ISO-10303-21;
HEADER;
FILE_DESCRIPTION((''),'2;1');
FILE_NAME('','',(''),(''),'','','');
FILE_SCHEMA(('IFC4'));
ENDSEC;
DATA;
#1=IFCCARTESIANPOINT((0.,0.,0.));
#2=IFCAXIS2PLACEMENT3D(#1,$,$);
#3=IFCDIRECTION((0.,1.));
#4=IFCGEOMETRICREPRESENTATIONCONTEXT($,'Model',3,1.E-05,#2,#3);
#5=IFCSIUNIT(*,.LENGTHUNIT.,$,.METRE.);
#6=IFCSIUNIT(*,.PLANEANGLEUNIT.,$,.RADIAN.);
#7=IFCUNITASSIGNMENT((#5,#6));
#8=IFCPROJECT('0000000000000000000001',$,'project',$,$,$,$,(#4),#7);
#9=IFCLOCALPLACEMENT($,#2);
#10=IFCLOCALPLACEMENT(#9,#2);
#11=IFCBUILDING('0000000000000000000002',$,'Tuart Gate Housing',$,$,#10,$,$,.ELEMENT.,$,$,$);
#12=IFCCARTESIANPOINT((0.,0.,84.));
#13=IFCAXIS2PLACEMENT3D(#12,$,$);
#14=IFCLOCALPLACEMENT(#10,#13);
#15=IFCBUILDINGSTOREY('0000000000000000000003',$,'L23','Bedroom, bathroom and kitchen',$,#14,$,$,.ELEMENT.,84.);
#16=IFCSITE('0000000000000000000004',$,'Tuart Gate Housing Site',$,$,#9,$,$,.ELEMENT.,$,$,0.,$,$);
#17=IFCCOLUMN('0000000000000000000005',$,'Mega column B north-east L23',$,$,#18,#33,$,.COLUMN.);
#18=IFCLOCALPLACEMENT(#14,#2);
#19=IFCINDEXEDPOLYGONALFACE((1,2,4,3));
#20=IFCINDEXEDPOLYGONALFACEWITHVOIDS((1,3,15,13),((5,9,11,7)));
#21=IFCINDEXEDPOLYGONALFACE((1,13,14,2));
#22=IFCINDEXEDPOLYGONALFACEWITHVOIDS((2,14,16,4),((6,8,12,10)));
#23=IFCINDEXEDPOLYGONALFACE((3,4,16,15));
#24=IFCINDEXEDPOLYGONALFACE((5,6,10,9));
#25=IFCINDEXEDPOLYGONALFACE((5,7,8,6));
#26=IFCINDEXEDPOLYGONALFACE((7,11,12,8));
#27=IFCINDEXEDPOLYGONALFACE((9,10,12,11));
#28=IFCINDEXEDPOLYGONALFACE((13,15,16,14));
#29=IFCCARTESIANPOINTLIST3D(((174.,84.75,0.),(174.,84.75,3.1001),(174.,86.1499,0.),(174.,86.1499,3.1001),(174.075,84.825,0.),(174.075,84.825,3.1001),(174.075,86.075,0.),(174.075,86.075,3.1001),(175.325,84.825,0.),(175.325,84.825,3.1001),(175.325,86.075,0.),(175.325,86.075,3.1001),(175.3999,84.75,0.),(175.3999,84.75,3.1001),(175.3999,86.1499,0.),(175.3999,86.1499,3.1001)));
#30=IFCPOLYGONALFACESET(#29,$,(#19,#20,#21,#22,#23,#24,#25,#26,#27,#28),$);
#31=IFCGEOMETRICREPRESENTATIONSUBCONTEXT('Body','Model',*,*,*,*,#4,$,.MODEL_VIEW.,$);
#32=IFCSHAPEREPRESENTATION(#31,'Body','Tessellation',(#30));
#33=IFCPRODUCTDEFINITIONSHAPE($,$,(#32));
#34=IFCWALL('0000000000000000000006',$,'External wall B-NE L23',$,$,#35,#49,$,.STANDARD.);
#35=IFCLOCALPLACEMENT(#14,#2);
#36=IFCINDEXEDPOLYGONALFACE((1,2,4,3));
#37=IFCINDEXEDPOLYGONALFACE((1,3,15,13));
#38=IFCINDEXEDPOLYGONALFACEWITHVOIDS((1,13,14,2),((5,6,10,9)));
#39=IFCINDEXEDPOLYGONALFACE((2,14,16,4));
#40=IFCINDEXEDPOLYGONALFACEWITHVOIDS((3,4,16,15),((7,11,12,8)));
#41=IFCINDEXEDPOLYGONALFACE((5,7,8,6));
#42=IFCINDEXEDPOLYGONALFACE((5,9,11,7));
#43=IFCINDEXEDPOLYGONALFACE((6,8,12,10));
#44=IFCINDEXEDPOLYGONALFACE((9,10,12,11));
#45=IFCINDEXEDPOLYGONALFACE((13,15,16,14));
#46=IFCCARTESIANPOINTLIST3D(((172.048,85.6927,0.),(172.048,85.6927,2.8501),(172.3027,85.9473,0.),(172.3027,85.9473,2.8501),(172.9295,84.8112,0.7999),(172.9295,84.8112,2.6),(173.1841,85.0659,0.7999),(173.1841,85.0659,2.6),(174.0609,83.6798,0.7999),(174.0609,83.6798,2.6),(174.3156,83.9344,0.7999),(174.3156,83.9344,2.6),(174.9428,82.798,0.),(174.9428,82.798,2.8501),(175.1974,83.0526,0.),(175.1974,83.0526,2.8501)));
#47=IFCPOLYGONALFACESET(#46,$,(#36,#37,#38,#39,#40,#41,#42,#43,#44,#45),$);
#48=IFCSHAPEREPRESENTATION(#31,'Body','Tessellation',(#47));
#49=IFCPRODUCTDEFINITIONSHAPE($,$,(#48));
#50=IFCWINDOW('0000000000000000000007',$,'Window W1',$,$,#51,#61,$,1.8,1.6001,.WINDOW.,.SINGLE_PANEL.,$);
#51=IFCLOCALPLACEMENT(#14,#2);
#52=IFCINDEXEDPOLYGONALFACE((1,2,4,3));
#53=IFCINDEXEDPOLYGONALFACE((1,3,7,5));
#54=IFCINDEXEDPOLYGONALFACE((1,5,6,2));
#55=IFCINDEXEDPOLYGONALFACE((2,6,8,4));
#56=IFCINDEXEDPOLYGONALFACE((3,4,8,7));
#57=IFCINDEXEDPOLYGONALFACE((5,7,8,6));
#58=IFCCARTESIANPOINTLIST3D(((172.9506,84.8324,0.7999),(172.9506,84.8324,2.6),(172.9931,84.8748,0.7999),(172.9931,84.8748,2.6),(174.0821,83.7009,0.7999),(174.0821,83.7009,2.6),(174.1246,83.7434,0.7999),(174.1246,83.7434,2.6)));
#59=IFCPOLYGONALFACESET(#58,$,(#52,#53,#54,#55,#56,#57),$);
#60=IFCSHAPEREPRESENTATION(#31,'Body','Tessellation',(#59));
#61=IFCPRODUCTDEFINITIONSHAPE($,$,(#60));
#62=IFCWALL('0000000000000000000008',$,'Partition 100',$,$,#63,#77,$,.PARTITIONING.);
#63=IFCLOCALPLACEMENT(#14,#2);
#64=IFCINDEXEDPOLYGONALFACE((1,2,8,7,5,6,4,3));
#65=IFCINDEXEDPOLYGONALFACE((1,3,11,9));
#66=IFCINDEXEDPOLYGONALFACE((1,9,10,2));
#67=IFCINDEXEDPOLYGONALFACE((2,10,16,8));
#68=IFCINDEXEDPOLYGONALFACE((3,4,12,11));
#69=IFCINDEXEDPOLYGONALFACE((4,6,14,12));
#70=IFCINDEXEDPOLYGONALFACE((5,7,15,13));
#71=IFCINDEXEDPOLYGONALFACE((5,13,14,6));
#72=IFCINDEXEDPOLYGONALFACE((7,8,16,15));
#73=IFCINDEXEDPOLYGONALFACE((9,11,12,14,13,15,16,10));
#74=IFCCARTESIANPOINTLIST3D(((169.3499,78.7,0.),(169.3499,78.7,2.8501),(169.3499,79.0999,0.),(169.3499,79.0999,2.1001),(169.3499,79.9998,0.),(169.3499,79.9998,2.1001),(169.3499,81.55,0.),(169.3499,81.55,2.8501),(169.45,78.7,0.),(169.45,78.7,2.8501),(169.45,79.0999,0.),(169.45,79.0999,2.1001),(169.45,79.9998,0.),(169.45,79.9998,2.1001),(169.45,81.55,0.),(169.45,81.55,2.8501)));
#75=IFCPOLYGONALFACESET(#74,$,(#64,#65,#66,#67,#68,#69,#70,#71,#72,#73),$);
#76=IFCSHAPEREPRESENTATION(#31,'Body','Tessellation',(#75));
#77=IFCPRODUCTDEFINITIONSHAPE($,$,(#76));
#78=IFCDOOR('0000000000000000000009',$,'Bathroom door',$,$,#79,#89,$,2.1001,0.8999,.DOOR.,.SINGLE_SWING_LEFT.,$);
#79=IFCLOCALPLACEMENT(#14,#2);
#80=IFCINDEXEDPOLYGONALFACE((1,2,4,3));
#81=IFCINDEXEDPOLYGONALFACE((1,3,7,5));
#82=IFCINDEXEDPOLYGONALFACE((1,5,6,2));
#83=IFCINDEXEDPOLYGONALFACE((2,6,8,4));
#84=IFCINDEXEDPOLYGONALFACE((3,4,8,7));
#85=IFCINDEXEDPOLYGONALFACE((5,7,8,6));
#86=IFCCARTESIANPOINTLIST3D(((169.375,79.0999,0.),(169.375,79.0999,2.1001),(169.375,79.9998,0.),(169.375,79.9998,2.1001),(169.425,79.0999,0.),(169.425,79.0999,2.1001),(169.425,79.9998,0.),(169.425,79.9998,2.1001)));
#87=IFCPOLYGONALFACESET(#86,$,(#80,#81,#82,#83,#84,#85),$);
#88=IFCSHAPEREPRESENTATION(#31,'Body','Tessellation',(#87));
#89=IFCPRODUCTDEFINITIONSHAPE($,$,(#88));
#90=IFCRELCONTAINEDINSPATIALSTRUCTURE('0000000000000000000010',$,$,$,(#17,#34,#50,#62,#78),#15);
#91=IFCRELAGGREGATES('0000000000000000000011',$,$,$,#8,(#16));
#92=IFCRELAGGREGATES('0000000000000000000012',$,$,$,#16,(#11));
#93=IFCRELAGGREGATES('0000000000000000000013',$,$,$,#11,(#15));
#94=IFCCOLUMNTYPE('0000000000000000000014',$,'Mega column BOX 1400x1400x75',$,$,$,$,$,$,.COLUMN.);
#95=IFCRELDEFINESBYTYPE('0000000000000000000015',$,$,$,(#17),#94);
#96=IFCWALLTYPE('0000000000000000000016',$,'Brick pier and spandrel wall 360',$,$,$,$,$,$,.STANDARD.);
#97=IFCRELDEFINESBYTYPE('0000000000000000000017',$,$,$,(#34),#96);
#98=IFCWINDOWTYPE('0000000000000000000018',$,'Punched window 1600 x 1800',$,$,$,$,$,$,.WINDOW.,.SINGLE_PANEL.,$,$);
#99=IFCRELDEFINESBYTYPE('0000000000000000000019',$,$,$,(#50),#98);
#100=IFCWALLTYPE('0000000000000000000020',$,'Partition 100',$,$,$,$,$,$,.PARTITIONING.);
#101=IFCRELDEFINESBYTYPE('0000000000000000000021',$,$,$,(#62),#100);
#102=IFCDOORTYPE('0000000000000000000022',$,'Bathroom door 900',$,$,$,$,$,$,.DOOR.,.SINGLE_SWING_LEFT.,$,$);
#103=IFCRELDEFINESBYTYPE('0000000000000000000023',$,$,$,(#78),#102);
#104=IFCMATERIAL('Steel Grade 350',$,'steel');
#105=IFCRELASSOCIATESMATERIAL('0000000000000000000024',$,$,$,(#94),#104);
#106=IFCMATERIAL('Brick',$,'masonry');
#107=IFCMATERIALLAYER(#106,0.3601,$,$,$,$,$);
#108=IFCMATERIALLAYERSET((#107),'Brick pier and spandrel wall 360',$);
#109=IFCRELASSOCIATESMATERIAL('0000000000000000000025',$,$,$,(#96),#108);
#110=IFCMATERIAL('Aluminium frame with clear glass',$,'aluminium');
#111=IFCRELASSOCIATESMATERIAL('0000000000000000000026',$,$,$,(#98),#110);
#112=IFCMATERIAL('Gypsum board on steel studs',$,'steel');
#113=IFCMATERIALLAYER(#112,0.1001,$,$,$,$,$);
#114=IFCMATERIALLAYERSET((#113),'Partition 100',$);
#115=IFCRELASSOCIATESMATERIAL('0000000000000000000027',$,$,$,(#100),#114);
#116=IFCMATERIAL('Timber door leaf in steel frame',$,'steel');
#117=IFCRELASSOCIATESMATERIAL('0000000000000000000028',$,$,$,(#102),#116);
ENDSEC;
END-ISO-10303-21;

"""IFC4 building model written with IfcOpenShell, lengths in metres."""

from ifc_helpers import new_model, si_unit, direction, frame, frame_2d, origin, origin_2d, place, context, subcontext, project, spatial, rectangle, hollow_rectangle, extrude, material, layer, layer_set, material_profile, profile_set, type_object, element, fill, save


model = new_model("IFC4")

# Units and contexts
model_context = context("Model", 3, precision=1e-05, world=origin(), true_north=direction((0.0, 1.0)))
body_context = subcontext(model_context, "Body", "Model", "MODEL_VIEW")
ifc_project = project(units=[si_unit("LENGTHUNIT", "METRE"), si_unit("PLANEANGLEUNIT", "RADIAN")], contexts=[model_context])

# Site, building, storey
site_placement = place(None, origin())
site = spatial("IfcSite", under=ifc_project, at=site_placement, Name="Tuart Gate Housing Site", CompositionType="ELEMENT", RefElevation=0.0)
building_placement = place(site_placement, origin())
building = spatial("IfcBuilding", under=site, at=building_placement, Name="Tuart Gate Housing", CompositionType="ELEMENT")
storey_placement = place(building_placement, frame((0.0, 0.0, 84.0)))
storey = spatial("IfcBuildingStorey", under=building, at=storey_placement, Name="L23", Description="Bedroom, bathroom and kitchen", CompositionType="ELEMENT", Elevation=84.0)

# Column
ifc_material_1 = material(Name="Steel Grade 350", Category="steel")
ifc_material_profile = material_profile(ifc_material_1, hollow_rectangle(XDim=1.3999, YDim=1.3999, WallThickness=0.075, at=origin_2d()), Name="BOX 1400x1400x75")
ifc_profile_set = profile_set([ifc_material_profile], Name="Steel Grade 350")
column_type = type_object("IfcColumnType", Name="Mega column BOX 1400x1400x75", PredefinedType="COLUMN", material=ifc_profile_set)
column_placement = place(storey_placement, frame((174.7, 85.45, 0.0), z_axis=(0.0, 0.0, 1.0), x_axis=(1.0, 0.0, 0.0)))
element("IfcColumn", 1, at=column_placement, inside=storey, type_object=column_type, Name="Mega column B north-east L23", PredefinedType="COLUMN", context=body_context, shape_type="SweptSolid", body=[
    extrude(hollow_rectangle(XDim=1.3999, YDim=1.3999, WallThickness=0.075, at=origin_2d()), origin(), (0.0, 0.0, 1.0), 3.1001),
])

# Wall, opening, window
ifc_material_2 = material(Name="Brick", Category="masonry")
ifc_layer_1 = layer(ifc_material_2, 0.3601)
ifc_layer_set_1 = layer_set([ifc_layer_1], Name="Brick pier and spandrel wall 360")
wall_type_1 = type_object("IfcWallType", Name="Brick pier and spandrel wall 360", PredefinedType="STANDARD", material=ifc_layer_set_1)
wall_1_placement = place(storey_placement, frame((175.0701, 82.9253, 0.0), z_axis=(0.0, 0.0, 1.0), x_axis=(-0.707107, 0.707107, 0.0)))
wall_1 = element("IfcWall", 2, at=wall_1_placement, inside=storey, type_object=wall_type_1, Name="External wall B-NE L23", PredefinedType="STANDARD", context=body_context, shape_type="SweptSolid", body=[
    extrude(rectangle(XDim=4.0938, YDim=0.3601, at=frame_2d((2.0469, 0.0))), origin(), (0.0, 0.0, 1.0), 2.8501),
])
opening_1_placement = place(wall_1_placement, frame((1.2471, 0.0, 0.8)))
opening_1 = element("IfcOpeningElement", 3, at=opening_1_placement, cuts=wall_1, PredefinedType="OPENING", context=body_context, shape_type="SweptSolid", body=[
    extrude(rectangle(XDim=1.6001, YDim=1.8, at=frame_2d((0.8, 0.8999))), frame((0.0, 0.1899, 0.0), z_axis=(0.0, -1.0, 0.0), x_axis=(1.0, 0.0, 0.0)), (0.0, 0.0, 1.0), 0.3801),
])
ifc_material_3 = material(Name="Aluminium frame with clear glass", Category="aluminium")
window_type_1 = type_object("IfcWindowType", Name="Punched window 1600 x 1800", PartitioningType="SINGLE_PANEL", PredefinedType="WINDOW", material=ifc_material_3)
window_1_placement = place(opening_1_placement, origin())
window_1 = element("IfcWindow", 4, at=window_1_placement, inside=storey, type_object=window_type_1, Name="Window W1", OverallHeight=1.8, OverallWidth=1.6001, PartitioningType="SINGLE_PANEL", PredefinedType="WINDOW", context=body_context, shape_type="SweptSolid", body=[
    extrude(rectangle(XDim=1.6001, YDim=1.8, at=frame_2d((0.8, 0.8999))), frame((0.0, 0.1501, 0.0), z_axis=(0.0, -1.0, 0.0), x_axis=(1.0, 0.0, 0.0)), (0.0, 0.0, 1.0), 0.0601),
])
fill(opening_1, window_1)

# Wall, opening, door
ifc_material_4 = material(Name="Gypsum board on steel studs", Category="steel")
ifc_layer_2 = layer(ifc_material_4, 0.1001)
ifc_layer_set_2 = layer_set([ifc_layer_2], Name="Partition 100")
wall_type_2 = type_object("IfcWallType", Name="Partition 100", PredefinedType="PARTITIONING", material=ifc_layer_set_2)
wall_2_placement = place(storey_placement, frame((169.3999, 78.7, 0.0), z_axis=(0.0, 0.0, 1.0), x_axis=(0.0, 1.0, 0.0)))
wall_2 = element("IfcWall", 5, at=wall_2_placement, inside=storey, type_object=wall_type_2, Name="Partition 100", PredefinedType="PARTITIONING", context=body_context, shape_type="SweptSolid", body=[
    extrude(rectangle(XDim=2.8501, YDim=0.1001, at=frame_2d((1.425, 0.0))), origin(), (0.0, 0.0, 1.0), 2.8501),
])
opening_2_placement = place(wall_2_placement, frame((0.3999, 0.0, 0.0)))
opening_2 = element("IfcOpeningElement", 6, at=opening_2_placement, cuts=wall_2, PredefinedType="OPENING", context=body_context, shape_type="SweptSolid", body=[
    extrude(rectangle(XDim=0.8999, YDim=2.1001, at=frame_2d((0.45, 1.05))), frame((0.0, 0.0601, 0.0), z_axis=(0.0, -1.0, 0.0), x_axis=(1.0, 0.0, 0.0)), (0.0, 0.0, 1.0), 0.1201),
])
ifc_material_5 = material(Name="Timber door leaf in steel frame", Category="steel")
door_type = type_object("IfcDoorType", Name="Bathroom door 900", OperationType="SINGLE_SWING_LEFT", PredefinedType="DOOR", material=ifc_material_5)
door_placement = place(opening_2_placement, origin())
door = element("IfcDoor", 7, at=door_placement, inside=storey, type_object=door_type, Name="Bathroom door", OperationType="SINGLE_SWING_LEFT", OverallHeight=2.1001, OverallWidth=0.8999, PredefinedType="DOOR", context=body_context, shape_type="SweptSolid", body=[
    extrude(rectangle(XDim=0.8999, YDim=2.1001, at=frame_2d((0.45, 1.05))), frame((0.0, 0.0249, 0.0), z_axis=(0.0, -1.0, 0.0), x_axis=(1.0, 0.0, 0.0)), (0.0, 0.0, 1.0), 0.05),
])
fill(opening_2, door)

save(model, "model.ifc")
